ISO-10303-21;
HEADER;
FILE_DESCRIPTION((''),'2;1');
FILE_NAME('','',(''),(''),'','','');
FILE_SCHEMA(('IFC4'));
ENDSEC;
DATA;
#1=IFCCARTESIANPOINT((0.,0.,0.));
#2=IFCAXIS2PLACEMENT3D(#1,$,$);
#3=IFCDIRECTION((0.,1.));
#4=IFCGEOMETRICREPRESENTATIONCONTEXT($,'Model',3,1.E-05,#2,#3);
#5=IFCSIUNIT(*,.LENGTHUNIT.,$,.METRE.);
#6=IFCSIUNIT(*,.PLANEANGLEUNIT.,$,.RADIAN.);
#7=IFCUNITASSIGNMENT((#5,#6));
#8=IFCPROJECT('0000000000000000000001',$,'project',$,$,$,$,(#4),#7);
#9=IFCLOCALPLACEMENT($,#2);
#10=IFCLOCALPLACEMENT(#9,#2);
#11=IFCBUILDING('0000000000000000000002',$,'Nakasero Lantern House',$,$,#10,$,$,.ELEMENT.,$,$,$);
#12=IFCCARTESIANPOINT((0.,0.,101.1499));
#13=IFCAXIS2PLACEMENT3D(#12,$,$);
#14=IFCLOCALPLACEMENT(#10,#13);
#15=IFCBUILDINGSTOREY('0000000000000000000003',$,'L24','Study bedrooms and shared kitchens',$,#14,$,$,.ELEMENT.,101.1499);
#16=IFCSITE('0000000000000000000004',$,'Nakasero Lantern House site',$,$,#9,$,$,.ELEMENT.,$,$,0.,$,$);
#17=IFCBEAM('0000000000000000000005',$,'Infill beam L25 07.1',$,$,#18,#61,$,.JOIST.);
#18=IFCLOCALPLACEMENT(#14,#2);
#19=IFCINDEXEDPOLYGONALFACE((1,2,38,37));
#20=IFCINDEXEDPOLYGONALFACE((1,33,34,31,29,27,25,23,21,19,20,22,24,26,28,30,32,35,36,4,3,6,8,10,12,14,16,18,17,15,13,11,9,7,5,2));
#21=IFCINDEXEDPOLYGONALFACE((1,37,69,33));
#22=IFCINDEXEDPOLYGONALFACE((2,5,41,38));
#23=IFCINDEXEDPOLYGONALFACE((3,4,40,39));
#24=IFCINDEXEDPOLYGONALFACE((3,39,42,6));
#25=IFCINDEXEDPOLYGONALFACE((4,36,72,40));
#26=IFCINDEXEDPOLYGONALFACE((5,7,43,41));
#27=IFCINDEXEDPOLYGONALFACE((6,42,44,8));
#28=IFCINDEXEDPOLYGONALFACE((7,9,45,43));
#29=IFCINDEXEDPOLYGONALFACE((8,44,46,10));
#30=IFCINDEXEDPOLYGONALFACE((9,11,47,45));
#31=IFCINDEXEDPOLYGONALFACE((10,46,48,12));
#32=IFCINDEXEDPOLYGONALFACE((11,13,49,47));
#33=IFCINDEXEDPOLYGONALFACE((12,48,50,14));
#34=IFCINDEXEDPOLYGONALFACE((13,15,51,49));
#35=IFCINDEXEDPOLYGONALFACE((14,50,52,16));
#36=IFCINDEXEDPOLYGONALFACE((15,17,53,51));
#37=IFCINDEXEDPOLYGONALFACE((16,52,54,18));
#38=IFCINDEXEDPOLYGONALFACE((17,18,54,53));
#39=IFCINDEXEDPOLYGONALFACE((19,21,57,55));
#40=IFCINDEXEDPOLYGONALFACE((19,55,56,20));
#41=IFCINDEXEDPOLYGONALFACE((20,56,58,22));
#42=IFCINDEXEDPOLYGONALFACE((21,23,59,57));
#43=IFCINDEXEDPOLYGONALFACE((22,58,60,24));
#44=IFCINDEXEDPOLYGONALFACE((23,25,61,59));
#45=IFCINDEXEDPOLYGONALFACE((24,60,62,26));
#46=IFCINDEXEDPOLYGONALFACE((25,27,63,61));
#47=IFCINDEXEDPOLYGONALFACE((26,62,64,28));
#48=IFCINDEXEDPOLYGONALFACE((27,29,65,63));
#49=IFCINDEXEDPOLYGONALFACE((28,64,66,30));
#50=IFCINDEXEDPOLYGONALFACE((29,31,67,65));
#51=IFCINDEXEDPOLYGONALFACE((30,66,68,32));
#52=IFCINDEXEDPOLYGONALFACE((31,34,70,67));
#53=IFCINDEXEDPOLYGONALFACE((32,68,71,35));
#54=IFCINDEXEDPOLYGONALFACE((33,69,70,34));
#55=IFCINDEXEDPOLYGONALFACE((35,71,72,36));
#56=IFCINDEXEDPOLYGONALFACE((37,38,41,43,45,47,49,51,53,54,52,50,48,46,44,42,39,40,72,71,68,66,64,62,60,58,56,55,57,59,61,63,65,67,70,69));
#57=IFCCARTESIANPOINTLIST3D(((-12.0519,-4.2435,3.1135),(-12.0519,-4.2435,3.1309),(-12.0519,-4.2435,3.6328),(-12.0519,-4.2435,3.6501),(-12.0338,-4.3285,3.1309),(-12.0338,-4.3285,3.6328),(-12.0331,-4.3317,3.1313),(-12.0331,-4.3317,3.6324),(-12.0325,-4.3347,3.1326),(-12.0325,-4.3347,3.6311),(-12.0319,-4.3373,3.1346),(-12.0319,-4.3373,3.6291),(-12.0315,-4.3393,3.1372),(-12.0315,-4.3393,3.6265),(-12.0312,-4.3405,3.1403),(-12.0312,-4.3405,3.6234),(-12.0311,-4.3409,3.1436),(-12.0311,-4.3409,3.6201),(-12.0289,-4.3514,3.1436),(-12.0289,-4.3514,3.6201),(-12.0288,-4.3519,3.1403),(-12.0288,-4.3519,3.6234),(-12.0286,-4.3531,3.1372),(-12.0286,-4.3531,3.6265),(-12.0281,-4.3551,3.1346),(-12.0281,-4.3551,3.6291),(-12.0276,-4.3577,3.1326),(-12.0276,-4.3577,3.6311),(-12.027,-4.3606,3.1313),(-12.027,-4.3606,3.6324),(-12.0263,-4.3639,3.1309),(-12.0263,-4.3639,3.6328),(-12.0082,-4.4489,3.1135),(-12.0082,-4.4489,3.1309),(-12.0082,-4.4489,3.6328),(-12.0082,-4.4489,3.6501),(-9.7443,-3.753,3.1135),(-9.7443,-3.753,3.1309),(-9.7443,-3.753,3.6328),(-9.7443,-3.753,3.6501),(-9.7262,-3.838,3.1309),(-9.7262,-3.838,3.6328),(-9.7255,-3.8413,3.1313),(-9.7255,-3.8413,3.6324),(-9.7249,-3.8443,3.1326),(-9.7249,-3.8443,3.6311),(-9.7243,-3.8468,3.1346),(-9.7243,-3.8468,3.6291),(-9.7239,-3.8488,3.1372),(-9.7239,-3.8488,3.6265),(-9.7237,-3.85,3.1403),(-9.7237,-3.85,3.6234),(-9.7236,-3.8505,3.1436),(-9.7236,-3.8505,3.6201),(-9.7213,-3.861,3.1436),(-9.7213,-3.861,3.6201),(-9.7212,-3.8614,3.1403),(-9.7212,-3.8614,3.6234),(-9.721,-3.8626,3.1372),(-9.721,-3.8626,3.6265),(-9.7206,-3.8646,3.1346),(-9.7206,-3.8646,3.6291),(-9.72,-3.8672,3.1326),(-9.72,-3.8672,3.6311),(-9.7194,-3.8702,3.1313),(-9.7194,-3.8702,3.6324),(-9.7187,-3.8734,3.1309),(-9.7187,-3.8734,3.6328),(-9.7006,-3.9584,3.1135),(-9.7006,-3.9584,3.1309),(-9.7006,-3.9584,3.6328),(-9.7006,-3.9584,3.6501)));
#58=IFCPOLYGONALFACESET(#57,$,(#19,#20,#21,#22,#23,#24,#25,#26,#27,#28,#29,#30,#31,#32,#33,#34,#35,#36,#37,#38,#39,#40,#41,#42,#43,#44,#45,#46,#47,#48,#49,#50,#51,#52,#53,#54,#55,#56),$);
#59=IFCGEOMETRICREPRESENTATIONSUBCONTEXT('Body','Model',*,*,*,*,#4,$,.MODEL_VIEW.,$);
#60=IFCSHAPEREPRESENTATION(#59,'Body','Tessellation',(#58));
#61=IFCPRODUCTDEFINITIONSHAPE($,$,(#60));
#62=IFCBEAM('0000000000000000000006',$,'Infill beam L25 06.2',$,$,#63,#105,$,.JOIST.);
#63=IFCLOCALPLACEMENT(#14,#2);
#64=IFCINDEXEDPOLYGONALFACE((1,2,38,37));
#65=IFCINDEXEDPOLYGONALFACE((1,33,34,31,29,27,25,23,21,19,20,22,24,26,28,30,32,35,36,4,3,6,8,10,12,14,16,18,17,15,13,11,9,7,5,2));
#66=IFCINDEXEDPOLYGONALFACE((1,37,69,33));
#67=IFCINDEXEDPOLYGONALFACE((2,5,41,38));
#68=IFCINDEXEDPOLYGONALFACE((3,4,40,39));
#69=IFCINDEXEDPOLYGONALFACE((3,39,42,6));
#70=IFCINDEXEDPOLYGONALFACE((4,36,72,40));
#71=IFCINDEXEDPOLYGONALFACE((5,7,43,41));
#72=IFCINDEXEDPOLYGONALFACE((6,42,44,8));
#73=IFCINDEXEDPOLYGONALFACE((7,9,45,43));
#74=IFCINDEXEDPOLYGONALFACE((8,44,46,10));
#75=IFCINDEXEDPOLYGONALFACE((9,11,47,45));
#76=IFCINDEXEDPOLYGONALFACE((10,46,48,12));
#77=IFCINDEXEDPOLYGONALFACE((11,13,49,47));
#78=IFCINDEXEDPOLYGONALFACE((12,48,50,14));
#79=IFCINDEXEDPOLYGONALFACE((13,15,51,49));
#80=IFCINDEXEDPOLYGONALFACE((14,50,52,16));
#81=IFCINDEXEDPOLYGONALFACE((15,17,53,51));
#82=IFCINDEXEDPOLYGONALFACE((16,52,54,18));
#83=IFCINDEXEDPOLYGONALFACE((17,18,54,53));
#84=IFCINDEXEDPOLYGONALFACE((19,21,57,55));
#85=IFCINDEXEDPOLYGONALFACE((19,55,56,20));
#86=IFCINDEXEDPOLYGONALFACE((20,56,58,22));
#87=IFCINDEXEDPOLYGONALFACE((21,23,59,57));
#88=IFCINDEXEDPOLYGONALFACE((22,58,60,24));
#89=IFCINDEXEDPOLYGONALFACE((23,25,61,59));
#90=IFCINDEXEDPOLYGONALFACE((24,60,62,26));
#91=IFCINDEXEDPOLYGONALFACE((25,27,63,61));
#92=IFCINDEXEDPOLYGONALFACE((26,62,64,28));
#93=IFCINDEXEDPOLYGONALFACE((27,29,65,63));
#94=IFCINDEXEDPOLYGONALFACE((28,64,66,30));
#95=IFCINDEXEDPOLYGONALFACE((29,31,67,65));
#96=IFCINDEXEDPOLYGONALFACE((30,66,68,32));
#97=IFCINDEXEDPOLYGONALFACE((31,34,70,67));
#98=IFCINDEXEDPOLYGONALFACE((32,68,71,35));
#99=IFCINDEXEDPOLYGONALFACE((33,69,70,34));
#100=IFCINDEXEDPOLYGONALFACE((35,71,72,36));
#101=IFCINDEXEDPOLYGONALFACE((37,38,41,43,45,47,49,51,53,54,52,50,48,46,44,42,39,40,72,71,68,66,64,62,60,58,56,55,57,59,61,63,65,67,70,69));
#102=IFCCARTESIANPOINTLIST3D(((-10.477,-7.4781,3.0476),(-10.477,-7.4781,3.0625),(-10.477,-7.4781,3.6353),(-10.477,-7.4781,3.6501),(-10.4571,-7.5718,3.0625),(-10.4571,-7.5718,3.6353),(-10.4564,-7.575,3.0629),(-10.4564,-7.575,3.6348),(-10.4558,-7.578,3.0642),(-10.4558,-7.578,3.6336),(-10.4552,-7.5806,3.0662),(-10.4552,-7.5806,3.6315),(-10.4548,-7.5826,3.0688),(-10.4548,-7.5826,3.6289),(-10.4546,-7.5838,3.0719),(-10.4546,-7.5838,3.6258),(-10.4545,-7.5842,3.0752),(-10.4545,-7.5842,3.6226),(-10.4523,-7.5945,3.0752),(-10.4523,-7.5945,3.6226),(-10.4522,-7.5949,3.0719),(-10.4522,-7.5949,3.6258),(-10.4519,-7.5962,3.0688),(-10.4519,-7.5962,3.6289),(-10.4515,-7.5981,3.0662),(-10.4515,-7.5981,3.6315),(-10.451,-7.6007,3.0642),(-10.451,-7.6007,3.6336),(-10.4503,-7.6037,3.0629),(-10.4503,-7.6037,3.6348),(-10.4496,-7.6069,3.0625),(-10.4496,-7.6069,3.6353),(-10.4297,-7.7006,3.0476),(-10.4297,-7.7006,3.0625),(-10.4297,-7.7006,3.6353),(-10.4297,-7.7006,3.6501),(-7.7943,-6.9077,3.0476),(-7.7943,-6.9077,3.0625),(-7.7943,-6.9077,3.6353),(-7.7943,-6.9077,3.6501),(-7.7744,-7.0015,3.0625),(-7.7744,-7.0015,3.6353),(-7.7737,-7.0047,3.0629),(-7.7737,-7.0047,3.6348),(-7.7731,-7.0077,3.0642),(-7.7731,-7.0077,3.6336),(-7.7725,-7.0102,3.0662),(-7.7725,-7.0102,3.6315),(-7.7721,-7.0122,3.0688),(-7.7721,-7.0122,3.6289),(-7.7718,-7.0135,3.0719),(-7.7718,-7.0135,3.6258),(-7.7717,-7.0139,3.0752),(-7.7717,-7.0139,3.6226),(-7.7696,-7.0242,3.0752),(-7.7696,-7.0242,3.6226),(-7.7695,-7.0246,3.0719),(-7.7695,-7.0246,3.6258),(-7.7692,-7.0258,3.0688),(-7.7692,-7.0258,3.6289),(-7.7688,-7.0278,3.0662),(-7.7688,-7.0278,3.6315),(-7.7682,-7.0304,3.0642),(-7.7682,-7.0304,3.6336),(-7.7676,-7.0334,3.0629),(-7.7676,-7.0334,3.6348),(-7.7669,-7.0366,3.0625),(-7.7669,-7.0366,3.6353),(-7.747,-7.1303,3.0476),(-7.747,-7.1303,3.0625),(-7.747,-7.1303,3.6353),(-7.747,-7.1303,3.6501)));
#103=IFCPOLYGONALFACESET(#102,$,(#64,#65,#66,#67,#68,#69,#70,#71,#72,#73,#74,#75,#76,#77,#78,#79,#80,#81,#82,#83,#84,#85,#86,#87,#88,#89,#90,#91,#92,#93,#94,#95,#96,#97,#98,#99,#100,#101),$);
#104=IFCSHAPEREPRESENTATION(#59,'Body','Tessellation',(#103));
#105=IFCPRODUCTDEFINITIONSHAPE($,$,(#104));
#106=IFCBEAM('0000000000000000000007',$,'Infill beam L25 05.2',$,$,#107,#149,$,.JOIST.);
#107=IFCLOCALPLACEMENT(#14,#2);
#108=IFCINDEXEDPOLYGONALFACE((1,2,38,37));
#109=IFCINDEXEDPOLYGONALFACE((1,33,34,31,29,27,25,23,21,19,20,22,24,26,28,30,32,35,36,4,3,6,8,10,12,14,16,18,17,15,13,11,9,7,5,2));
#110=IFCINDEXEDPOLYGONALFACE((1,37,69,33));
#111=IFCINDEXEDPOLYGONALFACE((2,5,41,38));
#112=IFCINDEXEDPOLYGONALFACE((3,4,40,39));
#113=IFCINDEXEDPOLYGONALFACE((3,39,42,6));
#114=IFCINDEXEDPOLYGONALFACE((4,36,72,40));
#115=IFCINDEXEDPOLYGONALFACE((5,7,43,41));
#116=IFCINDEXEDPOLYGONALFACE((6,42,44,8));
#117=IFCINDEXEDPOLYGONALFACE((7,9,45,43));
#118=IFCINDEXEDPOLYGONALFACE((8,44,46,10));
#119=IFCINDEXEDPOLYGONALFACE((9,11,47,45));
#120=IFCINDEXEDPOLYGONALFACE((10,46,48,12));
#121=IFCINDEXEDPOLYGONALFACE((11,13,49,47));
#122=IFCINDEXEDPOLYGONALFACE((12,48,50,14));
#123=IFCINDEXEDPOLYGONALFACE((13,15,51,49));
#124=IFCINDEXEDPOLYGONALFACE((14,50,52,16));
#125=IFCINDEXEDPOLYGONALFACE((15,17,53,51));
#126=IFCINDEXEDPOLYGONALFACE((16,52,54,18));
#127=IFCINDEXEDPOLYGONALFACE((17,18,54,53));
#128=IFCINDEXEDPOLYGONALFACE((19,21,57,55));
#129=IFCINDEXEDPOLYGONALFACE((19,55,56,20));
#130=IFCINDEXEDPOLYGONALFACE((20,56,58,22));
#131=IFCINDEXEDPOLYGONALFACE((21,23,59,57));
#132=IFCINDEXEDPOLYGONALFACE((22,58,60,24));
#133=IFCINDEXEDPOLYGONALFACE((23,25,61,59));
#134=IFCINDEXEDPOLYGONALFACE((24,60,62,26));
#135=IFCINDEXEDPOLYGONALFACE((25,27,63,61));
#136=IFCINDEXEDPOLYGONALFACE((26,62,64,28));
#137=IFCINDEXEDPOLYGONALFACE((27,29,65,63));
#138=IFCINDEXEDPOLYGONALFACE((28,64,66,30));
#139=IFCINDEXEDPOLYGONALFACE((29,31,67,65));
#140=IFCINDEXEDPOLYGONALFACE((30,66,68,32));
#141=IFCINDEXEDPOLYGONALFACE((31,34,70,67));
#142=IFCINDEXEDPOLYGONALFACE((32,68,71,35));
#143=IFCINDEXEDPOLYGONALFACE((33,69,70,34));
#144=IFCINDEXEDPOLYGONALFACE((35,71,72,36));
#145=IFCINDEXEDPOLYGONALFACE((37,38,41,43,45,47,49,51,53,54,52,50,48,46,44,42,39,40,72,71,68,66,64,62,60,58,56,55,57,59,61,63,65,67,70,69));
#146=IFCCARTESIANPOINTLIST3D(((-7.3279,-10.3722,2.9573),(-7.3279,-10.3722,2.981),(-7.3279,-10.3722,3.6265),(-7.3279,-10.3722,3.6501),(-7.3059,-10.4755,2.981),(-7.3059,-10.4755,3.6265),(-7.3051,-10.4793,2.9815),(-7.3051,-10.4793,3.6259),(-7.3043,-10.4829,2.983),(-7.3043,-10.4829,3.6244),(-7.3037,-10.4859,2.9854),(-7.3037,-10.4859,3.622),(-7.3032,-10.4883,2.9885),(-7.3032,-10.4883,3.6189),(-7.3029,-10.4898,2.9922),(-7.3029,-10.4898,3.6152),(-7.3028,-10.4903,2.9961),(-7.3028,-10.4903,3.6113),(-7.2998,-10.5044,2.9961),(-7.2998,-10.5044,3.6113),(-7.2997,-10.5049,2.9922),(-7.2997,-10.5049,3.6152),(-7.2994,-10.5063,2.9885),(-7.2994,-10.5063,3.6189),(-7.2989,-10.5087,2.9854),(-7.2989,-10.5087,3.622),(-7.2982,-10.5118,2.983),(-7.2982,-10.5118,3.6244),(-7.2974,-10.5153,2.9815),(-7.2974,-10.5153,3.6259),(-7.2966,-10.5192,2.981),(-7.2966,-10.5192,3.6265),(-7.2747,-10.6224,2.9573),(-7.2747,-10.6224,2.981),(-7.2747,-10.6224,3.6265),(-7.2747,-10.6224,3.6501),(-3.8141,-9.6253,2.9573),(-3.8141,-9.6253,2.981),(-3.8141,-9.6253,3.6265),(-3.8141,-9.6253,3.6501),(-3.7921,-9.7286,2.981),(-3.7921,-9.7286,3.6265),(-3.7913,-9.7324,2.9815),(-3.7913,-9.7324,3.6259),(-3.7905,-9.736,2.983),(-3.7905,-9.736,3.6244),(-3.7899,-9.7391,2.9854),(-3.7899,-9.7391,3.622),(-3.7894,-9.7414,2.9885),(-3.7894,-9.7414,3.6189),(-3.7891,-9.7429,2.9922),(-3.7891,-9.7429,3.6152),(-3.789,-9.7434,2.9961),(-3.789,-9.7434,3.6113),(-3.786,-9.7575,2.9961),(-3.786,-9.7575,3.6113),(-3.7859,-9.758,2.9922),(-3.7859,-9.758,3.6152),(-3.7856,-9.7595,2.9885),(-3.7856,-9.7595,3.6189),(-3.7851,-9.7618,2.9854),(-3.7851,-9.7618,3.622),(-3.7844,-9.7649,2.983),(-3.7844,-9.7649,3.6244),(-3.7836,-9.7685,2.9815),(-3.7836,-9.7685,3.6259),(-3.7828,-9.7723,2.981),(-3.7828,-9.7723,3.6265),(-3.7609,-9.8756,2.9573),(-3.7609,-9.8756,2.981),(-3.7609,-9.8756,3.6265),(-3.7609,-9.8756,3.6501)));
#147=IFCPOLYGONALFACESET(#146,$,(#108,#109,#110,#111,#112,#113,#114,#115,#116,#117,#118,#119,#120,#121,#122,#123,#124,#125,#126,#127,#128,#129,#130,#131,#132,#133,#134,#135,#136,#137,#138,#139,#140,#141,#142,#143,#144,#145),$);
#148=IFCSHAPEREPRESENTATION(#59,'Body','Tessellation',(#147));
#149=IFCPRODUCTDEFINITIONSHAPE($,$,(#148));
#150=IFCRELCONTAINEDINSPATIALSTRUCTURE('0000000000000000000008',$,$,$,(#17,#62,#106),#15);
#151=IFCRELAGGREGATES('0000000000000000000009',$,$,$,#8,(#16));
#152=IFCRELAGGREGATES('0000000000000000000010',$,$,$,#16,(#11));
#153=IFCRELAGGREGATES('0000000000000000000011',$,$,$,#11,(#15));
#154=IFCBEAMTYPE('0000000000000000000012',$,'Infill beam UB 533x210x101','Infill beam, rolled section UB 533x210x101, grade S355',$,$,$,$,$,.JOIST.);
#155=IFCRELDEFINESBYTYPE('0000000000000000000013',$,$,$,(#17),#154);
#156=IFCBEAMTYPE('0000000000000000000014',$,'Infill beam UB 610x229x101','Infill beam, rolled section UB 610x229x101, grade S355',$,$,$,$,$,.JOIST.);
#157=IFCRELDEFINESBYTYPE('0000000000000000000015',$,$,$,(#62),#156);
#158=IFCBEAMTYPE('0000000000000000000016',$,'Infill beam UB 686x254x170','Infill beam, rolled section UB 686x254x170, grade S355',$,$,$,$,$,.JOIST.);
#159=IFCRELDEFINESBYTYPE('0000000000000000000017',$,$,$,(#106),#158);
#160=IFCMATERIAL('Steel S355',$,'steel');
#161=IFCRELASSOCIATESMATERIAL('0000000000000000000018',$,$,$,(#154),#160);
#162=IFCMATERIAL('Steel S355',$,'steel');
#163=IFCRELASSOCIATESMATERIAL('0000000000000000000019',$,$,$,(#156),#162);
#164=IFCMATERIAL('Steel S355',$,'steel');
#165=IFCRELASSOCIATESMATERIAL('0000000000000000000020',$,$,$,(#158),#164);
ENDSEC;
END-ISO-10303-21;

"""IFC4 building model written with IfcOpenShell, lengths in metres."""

from ifc_helpers import new_model, si_unit, direction, frame, origin, origin_2d, place, context, subcontext, project, spatial, i_section, extrude, material, material_profile, profile_set, type_object, element, save


model = new_model("IFC4")

# Units and contexts
model_context = context("Model", 3, precision=1e-05, world=origin(), true_north=direction((0.0, 1.0)))
body_context = subcontext(model_context, "Body", "Model", "MODEL_VIEW")
ifc_project = project(units=[si_unit("LENGTHUNIT", "METRE"), si_unit("PLANEANGLEUNIT", "RADIAN")], contexts=[model_context])

# Site, building, storey
site_placement = place(None, origin())
site = spatial("IfcSite", under=ifc_project, at=site_placement, Name="Nakasero Lantern House site", CompositionType="ELEMENT", RefElevation=0.0)
building_placement = place(site_placement, origin())
building = spatial("IfcBuilding", under=site, at=building_placement, Name="Nakasero Lantern House", CompositionType="ELEMENT")
storey_placement = place(building_placement, frame((0.0, 0.0, 101.1499)))
storey = spatial("IfcBuildingStorey", under=building, at=storey_placement, Name="L24", Description="Study bedrooms and shared kitchens", CompositionType="ELEMENT", Elevation=101.1499)

# Beams
ifc_material_1 = material(Name="Steel S355", Category="steel")
ifc_material_profile_1 = material_profile(ifc_material_1, i_section(OverallWidth=0.21, OverallDepth=0.5366, WebThickness=0.0107, FlangeThickness=0.0173, FilletRadius=0.0127, at=origin_2d()), Name="UB 533x210x101")
ifc_profile_set_1 = profile_set([ifc_material_profile_1], Name="Steel S355")
beam_type_1 = type_object("IfcBeamType", Name="Infill beam UB 533x210x101", Description="Infill beam, rolled section UB 533x210x101, grade S355", PredefinedType="JOIST", material=ifc_profile_set_1)
beam_1_placement = place(storey_placement, frame((-12.03, -4.3462, 3.3818), z_axis=(0.978149, 0.207903, 0.0), x_axis=(-0.207903, 0.978149, 0.0)))
element("IfcBeam", 1, at=beam_1_placement, inside=storey, type_object=beam_type_1, Name="Infill beam L25 07.1", PredefinedType="JOIST", context=body_context, shape_type="SweptSolid", body=[
    extrude(i_section(OverallWidth=0.21, OverallDepth=0.5366, WebThickness=0.0107, FlangeThickness=0.0173, FilletRadius=0.0127, at=origin_2d()), origin(), (0.0, 0.0, 1.0), 2.3591),
])
ifc_material_2 = material(Name="Steel S355", Category="steel")
ifc_material_profile_2 = material_profile(ifc_material_2, i_section(OverallWidth=0.2275, OverallDepth=0.6025, WebThickness=0.0105, FlangeThickness=0.0149, FilletRadius=0.0127, at=origin_2d()), Name="UB 610x229x101")
ifc_profile_set_2 = profile_set([ifc_material_profile_2], Name="Steel S355")
beam_type_2 = type_object("IfcBeamType", Name="Infill beam UB 610x229x101", Description="Infill beam, rolled section UB 610x229x101, grade S355", PredefinedType="JOIST", material=ifc_profile_set_2)
beam_2_placement = place(storey_placement, frame((-10.4534, -7.5894, 3.3489), z_axis=(0.97814, 0.207948, 0.0), x_axis=(-0.207948, 0.97814, 0.0)))
element("IfcBeam", 2, at=beam_2_placement, inside=storey, type_object=beam_type_2, Name="Infill beam L25 06.2", PredefinedType="JOIST", context=body_context, shape_type="SweptSolid", body=[
    extrude(i_section(OverallWidth=0.2275, OverallDepth=0.6025, WebThickness=0.0105, FlangeThickness=0.0149, FilletRadius=0.0127, at=origin_2d()), origin(), (0.0, 0.0, 1.0), 2.7427),
])
ifc_material_3 = material(Name="Steel S355", Category="steel")
ifc_material_profile_3 = material_profile(ifc_material_3, i_section(OverallWidth=0.2559, OverallDepth=0.6929, WebThickness=0.0144, FlangeThickness=0.0237, FilletRadius=0.0151, at=origin_2d()), Name="UB 686x254x170")
ifc_profile_set_3 = profile_set([ifc_material_profile_3], Name="Steel S355")
beam_type_3 = type_object("IfcBeamType", Name="Infill beam UB 686x254x170", Description="Infill beam, rolled section UB 686x254x170, grade S355", PredefinedType="JOIST", material=ifc_profile_set_3)
beam_3_placement = place(storey_placement, frame((-7.3013, -10.4973, 3.3037), z_axis=(0.978149, 0.207904, 0.0), x_axis=(-0.207904, 0.978149, 0.0)))
element("IfcBeam", 3, at=beam_3_placement, inside=storey, type_object=beam_type_3, Name="Infill beam L25 05.2", PredefinedType="JOIST", context=body_context, shape_type="SweptSolid", body=[
    extrude(i_section(OverallWidth=0.2559, OverallDepth=0.6929, WebThickness=0.0144, FlangeThickness=0.0237, FilletRadius=0.0151, at=origin_2d()), origin(), (0.0, 0.0, 1.0), 3.5923),
])

save(model, "model.ifc")
